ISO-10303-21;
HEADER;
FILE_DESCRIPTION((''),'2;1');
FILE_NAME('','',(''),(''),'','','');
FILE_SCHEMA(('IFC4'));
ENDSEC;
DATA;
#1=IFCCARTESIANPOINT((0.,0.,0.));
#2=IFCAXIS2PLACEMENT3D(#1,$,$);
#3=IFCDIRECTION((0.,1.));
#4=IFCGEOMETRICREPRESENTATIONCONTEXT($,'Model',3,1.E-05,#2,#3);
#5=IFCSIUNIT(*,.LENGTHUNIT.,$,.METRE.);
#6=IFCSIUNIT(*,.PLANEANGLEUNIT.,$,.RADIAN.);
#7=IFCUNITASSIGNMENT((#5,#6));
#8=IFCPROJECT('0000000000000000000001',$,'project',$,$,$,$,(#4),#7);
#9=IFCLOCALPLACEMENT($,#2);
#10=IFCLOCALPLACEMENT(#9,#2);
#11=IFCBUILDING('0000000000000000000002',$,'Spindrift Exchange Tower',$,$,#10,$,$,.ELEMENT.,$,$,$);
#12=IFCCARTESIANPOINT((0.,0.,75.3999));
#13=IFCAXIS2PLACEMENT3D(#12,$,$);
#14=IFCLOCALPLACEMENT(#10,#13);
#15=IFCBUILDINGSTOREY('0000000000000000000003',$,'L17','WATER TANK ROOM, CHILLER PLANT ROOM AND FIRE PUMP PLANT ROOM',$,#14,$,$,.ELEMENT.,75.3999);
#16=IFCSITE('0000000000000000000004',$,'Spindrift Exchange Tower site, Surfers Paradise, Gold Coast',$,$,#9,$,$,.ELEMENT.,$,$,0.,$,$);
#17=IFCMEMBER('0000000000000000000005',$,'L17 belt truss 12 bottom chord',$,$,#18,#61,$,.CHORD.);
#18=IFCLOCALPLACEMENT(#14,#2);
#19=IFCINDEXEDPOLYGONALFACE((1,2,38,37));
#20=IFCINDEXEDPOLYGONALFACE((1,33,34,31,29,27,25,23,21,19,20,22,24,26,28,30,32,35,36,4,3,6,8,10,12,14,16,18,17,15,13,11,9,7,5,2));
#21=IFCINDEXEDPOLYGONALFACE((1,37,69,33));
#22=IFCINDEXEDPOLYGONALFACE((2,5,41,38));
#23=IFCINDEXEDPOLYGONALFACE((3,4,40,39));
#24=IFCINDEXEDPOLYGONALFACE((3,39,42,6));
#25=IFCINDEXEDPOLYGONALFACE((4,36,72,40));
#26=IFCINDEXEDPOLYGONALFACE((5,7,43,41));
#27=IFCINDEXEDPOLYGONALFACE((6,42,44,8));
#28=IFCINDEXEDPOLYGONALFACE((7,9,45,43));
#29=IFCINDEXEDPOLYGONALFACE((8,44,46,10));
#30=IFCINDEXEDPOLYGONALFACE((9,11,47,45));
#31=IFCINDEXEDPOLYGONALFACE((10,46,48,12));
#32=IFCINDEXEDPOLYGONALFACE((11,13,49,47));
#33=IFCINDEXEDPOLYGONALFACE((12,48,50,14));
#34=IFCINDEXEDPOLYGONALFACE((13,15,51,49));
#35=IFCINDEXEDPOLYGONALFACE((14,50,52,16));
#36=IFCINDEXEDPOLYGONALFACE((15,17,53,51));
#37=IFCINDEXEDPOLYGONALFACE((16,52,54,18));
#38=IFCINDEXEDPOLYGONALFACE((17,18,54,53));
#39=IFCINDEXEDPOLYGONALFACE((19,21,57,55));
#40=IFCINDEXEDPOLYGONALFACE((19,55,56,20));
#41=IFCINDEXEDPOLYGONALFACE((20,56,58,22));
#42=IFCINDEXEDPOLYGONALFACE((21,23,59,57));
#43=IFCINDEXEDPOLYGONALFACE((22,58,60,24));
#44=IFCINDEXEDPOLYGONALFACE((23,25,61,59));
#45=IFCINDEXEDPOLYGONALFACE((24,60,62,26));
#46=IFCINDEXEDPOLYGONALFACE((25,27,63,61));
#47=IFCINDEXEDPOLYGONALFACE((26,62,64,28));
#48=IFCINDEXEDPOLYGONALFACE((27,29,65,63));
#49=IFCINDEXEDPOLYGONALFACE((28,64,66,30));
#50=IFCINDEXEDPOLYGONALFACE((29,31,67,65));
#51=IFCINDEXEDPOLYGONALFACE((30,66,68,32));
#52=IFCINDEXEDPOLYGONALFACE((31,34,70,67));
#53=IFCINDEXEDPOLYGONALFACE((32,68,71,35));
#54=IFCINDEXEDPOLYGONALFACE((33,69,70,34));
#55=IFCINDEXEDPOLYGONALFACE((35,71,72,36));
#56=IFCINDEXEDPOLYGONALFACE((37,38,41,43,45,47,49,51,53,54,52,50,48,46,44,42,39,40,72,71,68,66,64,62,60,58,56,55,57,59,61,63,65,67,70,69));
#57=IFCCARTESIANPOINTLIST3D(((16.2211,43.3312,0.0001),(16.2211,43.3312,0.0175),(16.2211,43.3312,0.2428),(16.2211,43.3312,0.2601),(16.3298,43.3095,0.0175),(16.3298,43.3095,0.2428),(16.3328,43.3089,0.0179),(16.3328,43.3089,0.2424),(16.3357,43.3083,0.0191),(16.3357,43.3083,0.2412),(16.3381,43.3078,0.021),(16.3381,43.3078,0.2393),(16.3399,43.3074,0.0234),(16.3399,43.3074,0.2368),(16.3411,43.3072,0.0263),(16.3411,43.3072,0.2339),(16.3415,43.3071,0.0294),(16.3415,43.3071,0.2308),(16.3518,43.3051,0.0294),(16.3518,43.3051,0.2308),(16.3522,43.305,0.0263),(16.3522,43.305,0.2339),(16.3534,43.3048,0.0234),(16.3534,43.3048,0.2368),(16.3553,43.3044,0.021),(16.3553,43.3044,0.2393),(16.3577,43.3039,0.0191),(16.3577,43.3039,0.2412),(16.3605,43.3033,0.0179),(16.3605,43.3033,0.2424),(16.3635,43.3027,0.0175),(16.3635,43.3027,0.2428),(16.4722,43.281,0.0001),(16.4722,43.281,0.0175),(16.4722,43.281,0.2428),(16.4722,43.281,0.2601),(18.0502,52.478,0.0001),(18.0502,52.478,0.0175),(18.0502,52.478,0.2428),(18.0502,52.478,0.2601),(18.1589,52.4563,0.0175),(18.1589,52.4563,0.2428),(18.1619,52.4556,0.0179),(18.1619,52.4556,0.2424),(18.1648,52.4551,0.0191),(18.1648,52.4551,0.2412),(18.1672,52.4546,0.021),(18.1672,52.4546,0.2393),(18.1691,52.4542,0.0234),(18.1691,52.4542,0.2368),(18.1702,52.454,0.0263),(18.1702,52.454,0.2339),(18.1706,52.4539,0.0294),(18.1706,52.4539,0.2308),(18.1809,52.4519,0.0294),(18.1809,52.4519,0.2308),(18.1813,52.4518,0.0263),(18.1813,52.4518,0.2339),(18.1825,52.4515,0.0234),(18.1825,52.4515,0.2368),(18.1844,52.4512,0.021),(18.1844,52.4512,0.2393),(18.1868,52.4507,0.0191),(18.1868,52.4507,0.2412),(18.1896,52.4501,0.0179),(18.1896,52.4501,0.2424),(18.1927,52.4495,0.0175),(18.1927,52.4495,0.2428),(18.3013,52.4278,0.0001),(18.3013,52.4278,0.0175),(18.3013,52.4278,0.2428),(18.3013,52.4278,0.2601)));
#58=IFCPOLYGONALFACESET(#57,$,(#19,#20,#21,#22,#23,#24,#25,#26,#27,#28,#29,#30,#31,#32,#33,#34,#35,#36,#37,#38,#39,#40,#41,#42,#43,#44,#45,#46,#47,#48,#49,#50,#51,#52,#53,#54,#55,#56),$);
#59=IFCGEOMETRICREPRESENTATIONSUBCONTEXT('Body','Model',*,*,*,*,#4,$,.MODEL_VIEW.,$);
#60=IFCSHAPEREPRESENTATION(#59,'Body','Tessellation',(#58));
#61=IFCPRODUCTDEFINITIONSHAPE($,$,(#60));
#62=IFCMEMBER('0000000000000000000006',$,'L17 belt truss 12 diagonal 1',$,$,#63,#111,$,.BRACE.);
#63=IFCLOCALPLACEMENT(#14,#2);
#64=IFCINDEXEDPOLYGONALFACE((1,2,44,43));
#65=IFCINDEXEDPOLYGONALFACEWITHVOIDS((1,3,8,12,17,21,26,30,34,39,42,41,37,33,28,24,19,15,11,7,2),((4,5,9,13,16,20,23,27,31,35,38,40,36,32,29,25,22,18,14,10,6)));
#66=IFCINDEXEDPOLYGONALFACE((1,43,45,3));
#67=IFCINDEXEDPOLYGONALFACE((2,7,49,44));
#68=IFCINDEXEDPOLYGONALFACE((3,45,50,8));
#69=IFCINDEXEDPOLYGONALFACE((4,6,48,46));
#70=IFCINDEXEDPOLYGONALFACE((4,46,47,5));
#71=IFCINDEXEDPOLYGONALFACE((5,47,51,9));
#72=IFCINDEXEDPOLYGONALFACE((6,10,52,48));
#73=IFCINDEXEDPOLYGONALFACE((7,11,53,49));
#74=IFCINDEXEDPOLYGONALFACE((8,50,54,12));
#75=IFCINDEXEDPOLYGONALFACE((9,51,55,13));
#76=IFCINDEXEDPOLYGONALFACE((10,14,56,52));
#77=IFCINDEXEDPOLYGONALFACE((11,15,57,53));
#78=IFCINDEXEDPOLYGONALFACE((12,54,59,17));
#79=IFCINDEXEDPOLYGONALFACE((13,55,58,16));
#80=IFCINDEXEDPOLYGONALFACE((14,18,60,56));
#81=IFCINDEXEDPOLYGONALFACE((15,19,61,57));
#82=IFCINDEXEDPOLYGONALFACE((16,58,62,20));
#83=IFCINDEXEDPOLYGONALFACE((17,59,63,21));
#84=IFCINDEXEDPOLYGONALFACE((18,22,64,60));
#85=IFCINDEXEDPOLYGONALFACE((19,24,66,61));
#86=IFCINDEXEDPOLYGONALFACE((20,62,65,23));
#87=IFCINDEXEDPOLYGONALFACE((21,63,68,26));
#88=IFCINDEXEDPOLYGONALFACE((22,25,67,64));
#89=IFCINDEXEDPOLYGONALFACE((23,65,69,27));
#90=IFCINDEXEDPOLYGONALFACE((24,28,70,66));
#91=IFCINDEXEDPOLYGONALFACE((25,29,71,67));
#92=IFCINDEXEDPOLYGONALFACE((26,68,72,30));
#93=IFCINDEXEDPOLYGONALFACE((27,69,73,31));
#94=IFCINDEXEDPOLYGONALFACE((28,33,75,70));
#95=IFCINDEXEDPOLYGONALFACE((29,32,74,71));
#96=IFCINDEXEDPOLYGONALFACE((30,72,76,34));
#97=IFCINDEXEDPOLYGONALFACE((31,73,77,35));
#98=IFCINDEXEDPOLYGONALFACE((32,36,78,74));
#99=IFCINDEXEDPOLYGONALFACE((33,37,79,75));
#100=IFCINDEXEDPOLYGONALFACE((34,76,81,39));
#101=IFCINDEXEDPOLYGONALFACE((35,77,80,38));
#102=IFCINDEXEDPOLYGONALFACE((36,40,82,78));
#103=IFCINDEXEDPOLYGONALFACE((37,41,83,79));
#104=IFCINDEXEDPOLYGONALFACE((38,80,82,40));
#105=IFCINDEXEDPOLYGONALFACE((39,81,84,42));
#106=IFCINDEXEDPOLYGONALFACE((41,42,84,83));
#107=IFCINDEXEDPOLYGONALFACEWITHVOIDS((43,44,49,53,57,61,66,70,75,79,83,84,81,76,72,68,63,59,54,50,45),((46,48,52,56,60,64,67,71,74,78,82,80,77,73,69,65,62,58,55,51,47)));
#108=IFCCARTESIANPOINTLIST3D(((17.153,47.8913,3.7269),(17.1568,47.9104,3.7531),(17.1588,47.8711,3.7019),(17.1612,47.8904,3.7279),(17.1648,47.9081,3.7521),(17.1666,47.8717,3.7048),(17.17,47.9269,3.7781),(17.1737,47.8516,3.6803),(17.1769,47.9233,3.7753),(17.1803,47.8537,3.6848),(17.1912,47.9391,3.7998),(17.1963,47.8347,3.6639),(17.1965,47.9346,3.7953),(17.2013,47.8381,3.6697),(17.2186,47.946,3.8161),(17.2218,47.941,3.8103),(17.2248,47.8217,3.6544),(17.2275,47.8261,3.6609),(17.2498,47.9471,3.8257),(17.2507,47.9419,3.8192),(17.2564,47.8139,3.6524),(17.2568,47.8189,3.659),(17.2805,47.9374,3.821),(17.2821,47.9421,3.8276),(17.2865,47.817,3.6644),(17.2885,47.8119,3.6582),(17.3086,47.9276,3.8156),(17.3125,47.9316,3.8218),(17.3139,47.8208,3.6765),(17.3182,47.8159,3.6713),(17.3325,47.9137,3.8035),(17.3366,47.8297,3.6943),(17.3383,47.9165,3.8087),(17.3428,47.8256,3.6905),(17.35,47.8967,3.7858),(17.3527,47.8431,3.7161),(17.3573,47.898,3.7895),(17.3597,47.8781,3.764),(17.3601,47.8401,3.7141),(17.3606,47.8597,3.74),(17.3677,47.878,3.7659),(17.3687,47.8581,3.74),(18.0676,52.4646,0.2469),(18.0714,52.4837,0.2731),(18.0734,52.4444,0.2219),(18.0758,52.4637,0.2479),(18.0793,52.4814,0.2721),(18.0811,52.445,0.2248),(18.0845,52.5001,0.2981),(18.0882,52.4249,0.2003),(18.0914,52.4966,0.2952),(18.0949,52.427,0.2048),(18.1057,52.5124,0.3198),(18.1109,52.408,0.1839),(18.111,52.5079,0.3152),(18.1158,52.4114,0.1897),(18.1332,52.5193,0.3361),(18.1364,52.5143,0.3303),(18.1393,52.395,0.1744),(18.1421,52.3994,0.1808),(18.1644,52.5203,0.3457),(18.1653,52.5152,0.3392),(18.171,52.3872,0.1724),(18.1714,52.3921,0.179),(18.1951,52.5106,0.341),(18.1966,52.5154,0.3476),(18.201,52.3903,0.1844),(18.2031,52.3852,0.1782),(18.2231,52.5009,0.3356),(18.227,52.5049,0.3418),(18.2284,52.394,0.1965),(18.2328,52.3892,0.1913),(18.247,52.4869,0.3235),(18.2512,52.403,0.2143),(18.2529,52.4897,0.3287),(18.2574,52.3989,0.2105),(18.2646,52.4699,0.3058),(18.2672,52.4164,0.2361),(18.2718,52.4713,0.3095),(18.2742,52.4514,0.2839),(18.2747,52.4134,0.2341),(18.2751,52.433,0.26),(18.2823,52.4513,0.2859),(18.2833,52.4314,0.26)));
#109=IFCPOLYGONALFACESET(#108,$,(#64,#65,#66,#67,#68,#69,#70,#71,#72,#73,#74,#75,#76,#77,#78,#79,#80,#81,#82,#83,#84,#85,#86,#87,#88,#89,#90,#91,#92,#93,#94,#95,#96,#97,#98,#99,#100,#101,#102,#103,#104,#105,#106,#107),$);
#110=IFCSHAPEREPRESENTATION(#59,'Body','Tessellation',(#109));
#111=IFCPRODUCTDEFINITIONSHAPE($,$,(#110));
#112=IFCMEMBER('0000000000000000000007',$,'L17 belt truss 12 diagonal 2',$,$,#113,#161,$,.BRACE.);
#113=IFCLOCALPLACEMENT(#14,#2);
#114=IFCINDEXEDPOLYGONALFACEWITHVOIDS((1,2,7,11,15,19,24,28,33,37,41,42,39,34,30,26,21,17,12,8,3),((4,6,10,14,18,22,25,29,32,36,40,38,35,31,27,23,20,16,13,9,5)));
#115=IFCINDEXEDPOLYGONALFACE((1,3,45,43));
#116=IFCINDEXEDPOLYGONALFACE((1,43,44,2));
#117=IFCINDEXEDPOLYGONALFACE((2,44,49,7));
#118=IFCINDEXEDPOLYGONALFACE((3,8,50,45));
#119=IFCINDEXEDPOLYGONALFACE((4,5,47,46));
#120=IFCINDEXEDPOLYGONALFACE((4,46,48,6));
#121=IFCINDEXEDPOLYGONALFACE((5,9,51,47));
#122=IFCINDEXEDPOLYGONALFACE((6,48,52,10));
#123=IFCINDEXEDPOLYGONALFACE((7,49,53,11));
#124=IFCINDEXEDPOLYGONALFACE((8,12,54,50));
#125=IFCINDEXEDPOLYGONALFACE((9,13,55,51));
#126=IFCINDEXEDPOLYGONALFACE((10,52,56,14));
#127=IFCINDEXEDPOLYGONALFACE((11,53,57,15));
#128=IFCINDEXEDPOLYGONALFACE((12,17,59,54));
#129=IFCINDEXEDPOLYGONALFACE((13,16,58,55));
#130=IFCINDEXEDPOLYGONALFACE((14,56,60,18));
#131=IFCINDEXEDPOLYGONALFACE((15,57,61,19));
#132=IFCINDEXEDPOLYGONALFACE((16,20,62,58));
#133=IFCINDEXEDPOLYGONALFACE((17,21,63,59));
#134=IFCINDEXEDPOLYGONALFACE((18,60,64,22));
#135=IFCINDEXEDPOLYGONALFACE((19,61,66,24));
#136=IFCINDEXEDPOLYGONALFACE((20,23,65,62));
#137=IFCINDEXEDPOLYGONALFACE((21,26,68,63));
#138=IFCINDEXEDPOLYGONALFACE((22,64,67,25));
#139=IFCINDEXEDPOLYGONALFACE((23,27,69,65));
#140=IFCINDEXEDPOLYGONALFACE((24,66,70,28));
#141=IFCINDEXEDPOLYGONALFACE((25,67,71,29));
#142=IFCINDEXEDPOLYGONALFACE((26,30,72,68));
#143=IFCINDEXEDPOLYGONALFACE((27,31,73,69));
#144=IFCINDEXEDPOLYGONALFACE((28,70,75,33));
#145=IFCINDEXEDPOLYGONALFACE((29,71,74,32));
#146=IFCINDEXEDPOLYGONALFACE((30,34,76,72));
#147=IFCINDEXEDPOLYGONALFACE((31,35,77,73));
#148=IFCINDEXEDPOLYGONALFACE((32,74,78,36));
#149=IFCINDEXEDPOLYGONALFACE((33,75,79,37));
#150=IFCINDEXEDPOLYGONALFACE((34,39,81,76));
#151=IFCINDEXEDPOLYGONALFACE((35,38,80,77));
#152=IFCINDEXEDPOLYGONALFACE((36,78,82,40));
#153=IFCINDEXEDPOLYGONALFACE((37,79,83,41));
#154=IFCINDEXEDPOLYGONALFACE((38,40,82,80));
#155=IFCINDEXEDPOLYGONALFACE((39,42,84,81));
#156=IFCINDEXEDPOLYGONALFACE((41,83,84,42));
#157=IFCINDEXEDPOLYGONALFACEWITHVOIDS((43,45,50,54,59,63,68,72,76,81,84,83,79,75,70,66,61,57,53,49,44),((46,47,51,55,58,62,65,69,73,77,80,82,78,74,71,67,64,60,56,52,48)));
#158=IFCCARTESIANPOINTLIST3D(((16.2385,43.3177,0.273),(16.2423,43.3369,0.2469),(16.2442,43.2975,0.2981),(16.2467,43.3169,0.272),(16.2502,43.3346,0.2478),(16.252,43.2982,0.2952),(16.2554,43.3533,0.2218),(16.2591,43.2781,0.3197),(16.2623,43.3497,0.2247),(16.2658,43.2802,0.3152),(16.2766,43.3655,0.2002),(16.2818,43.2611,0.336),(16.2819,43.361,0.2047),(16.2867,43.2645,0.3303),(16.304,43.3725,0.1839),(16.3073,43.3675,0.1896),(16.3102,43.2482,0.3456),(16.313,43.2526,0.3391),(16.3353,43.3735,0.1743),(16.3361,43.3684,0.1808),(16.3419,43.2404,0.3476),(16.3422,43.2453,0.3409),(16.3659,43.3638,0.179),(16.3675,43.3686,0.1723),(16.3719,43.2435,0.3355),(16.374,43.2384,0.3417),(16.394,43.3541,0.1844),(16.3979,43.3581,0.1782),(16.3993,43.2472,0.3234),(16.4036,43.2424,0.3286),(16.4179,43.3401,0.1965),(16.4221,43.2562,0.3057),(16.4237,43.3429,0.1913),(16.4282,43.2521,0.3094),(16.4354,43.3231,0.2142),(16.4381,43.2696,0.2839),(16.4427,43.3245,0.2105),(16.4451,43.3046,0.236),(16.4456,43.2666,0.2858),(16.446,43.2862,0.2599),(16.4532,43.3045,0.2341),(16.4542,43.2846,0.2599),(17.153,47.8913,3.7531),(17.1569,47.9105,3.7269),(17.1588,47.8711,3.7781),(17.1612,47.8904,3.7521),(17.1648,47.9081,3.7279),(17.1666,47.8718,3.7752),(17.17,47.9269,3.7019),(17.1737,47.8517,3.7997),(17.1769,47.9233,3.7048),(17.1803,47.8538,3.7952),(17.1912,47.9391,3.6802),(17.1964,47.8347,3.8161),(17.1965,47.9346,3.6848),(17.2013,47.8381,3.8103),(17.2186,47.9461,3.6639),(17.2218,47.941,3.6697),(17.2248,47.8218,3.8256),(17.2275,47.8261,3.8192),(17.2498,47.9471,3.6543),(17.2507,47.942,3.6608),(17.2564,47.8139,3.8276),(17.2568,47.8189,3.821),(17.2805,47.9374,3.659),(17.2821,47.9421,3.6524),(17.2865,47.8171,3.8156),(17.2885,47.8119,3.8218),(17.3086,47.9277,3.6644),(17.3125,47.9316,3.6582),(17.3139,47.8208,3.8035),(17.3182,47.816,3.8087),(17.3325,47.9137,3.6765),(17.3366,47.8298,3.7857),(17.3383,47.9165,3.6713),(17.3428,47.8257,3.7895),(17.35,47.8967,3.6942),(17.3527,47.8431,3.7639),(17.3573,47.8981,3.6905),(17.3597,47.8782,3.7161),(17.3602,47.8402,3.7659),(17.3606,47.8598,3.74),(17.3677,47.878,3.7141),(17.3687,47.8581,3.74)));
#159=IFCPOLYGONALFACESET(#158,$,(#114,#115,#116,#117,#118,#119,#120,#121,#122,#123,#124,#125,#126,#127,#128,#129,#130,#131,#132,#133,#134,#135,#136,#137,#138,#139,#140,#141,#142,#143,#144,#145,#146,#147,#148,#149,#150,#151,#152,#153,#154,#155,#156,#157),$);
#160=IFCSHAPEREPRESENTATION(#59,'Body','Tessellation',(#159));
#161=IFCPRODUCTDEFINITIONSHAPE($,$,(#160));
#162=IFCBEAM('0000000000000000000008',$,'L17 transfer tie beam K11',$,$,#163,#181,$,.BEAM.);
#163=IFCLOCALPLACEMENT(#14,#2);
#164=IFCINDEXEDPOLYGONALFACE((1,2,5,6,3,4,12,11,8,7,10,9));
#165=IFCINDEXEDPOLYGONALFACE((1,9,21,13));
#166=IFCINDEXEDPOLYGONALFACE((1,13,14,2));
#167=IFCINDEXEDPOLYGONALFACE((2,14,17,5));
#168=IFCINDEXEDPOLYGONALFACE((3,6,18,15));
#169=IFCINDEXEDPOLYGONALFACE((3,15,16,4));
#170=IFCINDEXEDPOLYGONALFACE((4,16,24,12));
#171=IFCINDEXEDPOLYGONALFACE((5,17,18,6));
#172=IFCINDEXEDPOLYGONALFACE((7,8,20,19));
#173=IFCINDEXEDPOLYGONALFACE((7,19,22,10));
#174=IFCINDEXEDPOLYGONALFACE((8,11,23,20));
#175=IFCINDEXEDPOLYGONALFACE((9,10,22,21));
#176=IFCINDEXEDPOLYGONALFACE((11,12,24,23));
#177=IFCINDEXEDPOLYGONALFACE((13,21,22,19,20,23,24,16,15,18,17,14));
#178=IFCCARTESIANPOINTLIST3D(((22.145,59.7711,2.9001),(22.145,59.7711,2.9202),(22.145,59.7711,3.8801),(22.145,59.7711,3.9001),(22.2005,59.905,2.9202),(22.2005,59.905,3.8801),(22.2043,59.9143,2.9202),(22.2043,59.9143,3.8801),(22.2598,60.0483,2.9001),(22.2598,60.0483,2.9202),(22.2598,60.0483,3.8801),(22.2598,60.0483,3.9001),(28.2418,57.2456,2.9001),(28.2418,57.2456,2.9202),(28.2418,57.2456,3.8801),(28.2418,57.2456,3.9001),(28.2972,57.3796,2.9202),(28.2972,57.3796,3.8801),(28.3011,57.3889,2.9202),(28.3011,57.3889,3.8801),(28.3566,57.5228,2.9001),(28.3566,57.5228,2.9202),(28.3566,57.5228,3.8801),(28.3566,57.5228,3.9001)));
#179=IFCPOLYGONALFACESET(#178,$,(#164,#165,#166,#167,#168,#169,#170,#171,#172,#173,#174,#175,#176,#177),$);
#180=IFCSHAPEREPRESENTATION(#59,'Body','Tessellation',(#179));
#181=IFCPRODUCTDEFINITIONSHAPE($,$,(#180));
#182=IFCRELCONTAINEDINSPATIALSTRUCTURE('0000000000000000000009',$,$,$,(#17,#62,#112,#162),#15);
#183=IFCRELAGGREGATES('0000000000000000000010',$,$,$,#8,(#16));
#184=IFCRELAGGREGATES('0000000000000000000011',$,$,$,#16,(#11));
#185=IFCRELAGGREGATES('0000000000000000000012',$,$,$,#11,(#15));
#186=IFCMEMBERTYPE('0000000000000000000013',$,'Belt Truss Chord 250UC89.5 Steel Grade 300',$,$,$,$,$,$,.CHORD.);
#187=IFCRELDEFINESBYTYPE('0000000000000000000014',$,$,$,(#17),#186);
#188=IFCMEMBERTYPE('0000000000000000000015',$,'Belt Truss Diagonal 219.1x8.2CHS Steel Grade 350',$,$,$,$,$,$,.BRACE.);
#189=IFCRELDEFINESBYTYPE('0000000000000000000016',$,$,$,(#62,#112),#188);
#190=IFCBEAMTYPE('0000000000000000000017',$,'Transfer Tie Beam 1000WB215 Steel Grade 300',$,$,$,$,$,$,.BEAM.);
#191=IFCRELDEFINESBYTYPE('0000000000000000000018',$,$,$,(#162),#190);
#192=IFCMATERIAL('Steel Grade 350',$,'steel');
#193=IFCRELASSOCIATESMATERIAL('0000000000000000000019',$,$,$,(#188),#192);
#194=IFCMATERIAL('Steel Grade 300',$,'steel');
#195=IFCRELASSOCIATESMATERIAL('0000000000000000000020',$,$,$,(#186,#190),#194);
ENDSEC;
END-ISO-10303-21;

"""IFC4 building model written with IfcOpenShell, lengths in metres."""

from ifc_helpers import new_model, si_unit, direction, frame, origin, origin_2d, place, context, subcontext, project, spatial, hollow_circle, i_section, extrude, source, transform, mapped, material, material_profile, profile_set, type_object, element, save


model = new_model("IFC4")

# Units and contexts
model_context = context("Model", 3, precision=1e-05, world=origin(), true_north=direction((0.0, 1.0)))
body_context = subcontext(model_context, "Body", "Model", "MODEL_VIEW")
ifc_project = project(units=[si_unit("LENGTHUNIT", "METRE"), si_unit("PLANEANGLEUNIT", "RADIAN")], contexts=[model_context])

# Site, building, storey
site_placement = place(None, origin())
site = spatial("IfcSite", under=ifc_project, at=site_placement, Name="Spindrift Exchange Tower site, Surfers Paradise, Gold Coast", CompositionType="ELEMENT", RefElevation=0.0)
building_placement = place(site_placement, origin())
building = spatial("IfcBuilding", under=site, at=building_placement, Name="Spindrift Exchange Tower", CompositionType="ELEMENT")
storey_placement = place(building_placement, frame((0.0, 0.0, 75.3999)))
storey = spatial("IfcBuildingStorey", under=building, at=storey_placement, Name="L17", Description="WATER TANK ROOM, CHILLER PLANT ROOM AND FIRE PUMP PLANT ROOM", CompositionType="ELEMENT", Elevation=75.3999)

# Shared definitions
ifc_material_1 = material(Name="Steel Grade 300", Category="steel")

# Members
ifc_material_2 = material(Name="Steel Grade 350", Category="steel")
ifc_material_profile_1 = material_profile(ifc_material_2, hollow_circle(Radius=0.1096, WallThickness=0.0083, at=origin_2d()), Name="219.1x8.2CHS")
ifc_profile_set_1 = profile_set([ifc_material_profile_1], Name="Steel Grade 350")
member_type_1 = type_object("IfcMemberType", Name="Belt Truss Diagonal 219.1x8.2CHS Steel Grade 350", PredefinedType="BRACE", material=ifc_profile_set_1)
ifc_material_profile_2 = material_profile(ifc_material_1, i_section(OverallWidth=0.2561, OverallDepth=0.26, WebThickness=0.0105, FlangeThickness=0.0173, FilletRadius=0.012, at=origin_2d()), Name="250UC89.5")
ifc_profile_set_2 = profile_set([ifc_material_profile_2], Name="Steel Grade 300")
member_type_2 = type_object("IfcMemberType", Name="Belt Truss Chord 250UC89.5 Steel Grade 300", PredefinedType="CHORD", material=ifc_profile_set_2)
shared_shape_1 = source(origin(), body_context, "Body", "SweptSolid", [
    extrude(i_section(OverallWidth=0.2561, OverallDepth=0.26, WebThickness=0.0105, FlangeThickness=0.0173, FilletRadius=0.012, at=origin_2d()), origin(), (0.0, 0.0, 1.0), 9.3279),
])
for number, where, z_axis, x_axis, name in (
    (1, (18.1758, 52.4529, 0.1301), (-0.196091, -0.980586, 0.0), (0.980586, -0.196091, 0.0), "L17 belt truss 12 bottom chord"),
):
    element("IfcMember", number, at=place(storey_placement, frame(where, z_axis=z_axis, x_axis=x_axis)), inside=storey, type_object=member_type_2, Name=name, PredefinedType="CHORD", context=body_context, shape_type="MappedRepresentation", body=[
        mapped(shared_shape_1, transform((0.0, 0.0, 0.0), scale=1.0)),
    ])
shared_shape_2 = source(origin(), body_context, "Body", "SweptSolid", [
    extrude(hollow_circle(Radius=0.1096, WallThickness=0.0083, at=origin_2d()), origin(), (0.0, 0.0, 1.0), 5.8191),
])
member_1_placement = place(storey_placement, frame((18.1758, 52.4529, 0.26), z_axis=(-0.157165, -0.78591, 0.598034), x_axis=(0.980585, -0.196096, 0.0)))
element("IfcMember", 2, at=member_1_placement, inside=storey, type_object=member_type_1, Name="L17 belt truss 12 diagonal 1", PredefinedType="BRACE", context=body_context, shape_type="MappedRepresentation", body=[
    mapped(shared_shape_2, transform((0.0, 0.0, 0.0), scale=1.0)),
])
shared_shape_3 = source(origin(), body_context, "Body", "SweptSolid", [
    extrude(hollow_circle(Radius=0.1096, WallThickness=0.0083, at=origin_2d()), origin(), (0.0, 0.0, 1.0), 5.8193),
])
member_2_placement = place(storey_placement, frame((17.2612, 47.8796, 3.74), z_axis=(-0.15716, -0.785926, -0.598014), x_axis=(0.980587, -0.196086, 0.0)))
element("IfcMember", 3, at=member_2_placement, inside=storey, type_object=member_type_1, Name="L17 belt truss 12 diagonal 2", PredefinedType="BRACE", context=body_context, shape_type="MappedRepresentation", body=[
    mapped(shared_shape_3, transform((0.0, 0.0, 0.0), scale=1.0)),
])

# Beam
ifc_material_profile_3 = material_profile(ifc_material_1, i_section(OverallWidth=0.3, OverallDepth=1.0, WebThickness=0.01, FlangeThickness=0.02, at=origin_2d()), Name="1000WB215")
ifc_profile_set_3 = profile_set([ifc_material_profile_3], Name="Steel Grade 300")
beam_type_1 = type_object("IfcBeamType", Name="Transfer Tie Beam 1000WB215 Steel Grade 300", PredefinedType="BEAM", material=ifc_profile_set_3)
shared_shape_4 = source(origin(), body_context, "Body", "SweptSolid", [
    extrude(i_section(OverallWidth=0.3, OverallDepth=1.0, WebThickness=0.01, FlangeThickness=0.02, at=origin_2d()), origin(), (0.0, 0.0, 1.0), 6.5991),
])
beam_1_placement = place(storey_placement, frame((22.2024, 59.9097, 3.4001), z_axis=(0.923876, -0.382692, 0.0), x_axis=(0.382692, 0.923876, 0.0)))
element("IfcBeam", 4, at=beam_1_placement, inside=storey, type_object=beam_type_1, Name="L17 transfer tie beam K11", PredefinedType="BEAM", context=body_context, shape_type="MappedRepresentation", body=[
    mapped(shared_shape_4, transform((0.0, 0.0, 0.0), scale=1.0)),
])

save(model, "model.ifc")
